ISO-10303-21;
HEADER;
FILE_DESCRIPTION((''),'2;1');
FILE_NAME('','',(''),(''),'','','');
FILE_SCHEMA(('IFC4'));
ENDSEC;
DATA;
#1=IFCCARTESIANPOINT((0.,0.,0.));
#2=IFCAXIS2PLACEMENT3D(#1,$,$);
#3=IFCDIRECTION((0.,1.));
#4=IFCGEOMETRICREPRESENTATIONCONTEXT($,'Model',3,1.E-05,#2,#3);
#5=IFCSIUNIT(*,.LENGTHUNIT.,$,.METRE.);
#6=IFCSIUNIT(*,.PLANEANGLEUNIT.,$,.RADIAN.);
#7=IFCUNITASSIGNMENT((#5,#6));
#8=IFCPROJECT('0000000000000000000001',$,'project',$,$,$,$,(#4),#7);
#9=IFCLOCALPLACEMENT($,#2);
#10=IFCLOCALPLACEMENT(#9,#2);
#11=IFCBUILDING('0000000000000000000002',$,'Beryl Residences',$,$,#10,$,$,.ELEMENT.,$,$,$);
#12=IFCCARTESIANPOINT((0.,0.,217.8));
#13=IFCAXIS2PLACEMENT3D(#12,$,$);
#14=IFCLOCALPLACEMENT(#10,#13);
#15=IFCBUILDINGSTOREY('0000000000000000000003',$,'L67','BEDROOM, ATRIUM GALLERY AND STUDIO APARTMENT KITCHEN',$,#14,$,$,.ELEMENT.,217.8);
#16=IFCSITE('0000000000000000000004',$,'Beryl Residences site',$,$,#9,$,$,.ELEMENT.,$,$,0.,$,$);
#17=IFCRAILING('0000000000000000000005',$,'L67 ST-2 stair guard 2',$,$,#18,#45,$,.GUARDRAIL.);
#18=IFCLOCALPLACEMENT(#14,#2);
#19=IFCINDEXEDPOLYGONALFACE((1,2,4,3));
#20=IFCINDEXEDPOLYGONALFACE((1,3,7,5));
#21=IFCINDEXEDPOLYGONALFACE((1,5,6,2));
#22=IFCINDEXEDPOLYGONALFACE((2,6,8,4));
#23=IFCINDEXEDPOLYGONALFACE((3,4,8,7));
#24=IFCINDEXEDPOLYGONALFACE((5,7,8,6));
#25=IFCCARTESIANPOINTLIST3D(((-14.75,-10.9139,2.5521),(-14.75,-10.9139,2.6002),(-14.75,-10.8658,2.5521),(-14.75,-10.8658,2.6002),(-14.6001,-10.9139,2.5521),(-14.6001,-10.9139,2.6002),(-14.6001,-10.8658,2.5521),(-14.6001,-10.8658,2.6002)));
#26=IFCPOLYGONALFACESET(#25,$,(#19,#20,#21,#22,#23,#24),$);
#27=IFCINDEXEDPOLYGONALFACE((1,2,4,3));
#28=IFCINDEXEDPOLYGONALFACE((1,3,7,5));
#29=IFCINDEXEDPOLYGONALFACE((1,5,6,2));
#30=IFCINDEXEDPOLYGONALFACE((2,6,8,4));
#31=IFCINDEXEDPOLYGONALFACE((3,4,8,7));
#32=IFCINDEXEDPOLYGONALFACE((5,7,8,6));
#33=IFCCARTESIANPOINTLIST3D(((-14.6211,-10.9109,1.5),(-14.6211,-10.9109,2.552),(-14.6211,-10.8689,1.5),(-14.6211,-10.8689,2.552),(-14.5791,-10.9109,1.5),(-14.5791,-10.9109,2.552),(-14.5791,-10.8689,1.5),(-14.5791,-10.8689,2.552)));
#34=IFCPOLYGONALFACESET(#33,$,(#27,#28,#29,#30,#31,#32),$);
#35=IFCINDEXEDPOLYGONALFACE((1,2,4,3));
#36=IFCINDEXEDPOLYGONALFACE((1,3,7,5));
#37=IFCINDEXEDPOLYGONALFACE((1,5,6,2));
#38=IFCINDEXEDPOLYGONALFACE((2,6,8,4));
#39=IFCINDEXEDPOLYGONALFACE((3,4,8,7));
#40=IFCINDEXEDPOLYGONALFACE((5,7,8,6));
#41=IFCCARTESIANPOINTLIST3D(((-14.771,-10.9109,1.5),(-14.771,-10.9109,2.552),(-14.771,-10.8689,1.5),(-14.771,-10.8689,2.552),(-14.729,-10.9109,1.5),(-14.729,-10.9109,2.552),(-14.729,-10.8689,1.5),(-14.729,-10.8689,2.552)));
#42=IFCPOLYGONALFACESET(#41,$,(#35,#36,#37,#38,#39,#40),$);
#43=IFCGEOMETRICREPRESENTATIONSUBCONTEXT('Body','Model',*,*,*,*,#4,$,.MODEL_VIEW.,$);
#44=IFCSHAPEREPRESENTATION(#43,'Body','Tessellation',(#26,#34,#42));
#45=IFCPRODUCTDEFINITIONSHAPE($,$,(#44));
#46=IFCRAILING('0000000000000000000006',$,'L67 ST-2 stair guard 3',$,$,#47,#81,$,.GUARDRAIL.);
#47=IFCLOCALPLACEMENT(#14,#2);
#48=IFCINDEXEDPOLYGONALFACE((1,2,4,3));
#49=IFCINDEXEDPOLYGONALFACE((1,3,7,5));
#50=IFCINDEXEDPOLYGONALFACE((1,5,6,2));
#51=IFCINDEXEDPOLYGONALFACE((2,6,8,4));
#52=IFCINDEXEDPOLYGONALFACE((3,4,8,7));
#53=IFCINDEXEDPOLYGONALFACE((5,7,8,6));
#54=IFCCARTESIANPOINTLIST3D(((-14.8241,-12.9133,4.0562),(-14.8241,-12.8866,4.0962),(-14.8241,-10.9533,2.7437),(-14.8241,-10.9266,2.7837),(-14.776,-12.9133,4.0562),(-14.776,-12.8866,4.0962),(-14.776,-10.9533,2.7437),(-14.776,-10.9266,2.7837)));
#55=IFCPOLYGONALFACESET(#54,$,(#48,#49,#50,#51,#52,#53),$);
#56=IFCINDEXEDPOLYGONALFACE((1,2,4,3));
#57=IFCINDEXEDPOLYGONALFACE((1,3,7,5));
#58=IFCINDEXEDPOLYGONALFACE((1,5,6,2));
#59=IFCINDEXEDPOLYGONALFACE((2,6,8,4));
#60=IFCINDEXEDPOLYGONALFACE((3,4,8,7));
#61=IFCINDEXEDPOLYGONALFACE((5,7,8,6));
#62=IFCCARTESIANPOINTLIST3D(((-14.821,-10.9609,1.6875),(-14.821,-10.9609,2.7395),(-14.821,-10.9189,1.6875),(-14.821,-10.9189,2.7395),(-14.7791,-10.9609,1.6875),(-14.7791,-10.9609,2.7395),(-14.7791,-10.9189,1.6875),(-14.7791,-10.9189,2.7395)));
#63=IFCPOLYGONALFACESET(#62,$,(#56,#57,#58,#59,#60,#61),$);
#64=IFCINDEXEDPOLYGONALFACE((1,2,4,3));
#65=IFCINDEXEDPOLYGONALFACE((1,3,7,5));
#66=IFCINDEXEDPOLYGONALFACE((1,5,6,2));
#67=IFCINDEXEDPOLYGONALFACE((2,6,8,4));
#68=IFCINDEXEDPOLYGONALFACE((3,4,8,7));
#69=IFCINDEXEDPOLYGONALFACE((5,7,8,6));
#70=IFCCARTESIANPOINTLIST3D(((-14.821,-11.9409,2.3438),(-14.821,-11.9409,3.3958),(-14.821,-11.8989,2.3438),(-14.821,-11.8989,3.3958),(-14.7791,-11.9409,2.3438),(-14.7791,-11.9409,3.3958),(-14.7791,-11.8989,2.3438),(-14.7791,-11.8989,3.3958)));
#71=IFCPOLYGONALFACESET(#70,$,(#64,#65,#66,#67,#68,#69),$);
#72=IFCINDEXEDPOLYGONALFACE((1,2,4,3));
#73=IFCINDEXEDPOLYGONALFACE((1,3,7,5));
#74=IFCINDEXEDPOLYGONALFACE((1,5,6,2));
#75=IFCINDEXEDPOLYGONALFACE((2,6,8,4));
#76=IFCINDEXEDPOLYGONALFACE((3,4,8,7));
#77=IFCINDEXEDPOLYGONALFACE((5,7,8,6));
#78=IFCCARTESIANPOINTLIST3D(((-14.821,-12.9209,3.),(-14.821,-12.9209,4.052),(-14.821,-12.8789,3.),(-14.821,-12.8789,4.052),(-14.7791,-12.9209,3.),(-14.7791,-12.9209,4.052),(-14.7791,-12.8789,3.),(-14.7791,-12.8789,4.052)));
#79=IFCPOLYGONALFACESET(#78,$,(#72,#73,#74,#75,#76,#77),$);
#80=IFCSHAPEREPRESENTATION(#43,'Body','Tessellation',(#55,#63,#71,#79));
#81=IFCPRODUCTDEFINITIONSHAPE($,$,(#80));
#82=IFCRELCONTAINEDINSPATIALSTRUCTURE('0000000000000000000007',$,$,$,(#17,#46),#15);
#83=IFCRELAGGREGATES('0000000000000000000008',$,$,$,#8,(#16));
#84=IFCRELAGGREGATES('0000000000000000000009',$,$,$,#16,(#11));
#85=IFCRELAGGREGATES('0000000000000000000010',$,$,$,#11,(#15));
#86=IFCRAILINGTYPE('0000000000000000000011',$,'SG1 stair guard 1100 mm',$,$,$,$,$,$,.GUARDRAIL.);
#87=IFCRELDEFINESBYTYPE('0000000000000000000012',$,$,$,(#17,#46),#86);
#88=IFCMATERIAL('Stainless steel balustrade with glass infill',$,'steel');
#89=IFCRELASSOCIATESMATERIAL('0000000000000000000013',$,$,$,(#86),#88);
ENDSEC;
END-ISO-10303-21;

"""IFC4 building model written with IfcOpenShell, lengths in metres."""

from ifc_helpers import new_model, si_unit, direction, frame, origin, origin_2d, place, context, subcontext, project, spatial, rectangle, extrude, material, type_object, element, save


model = new_model("IFC4")

# Units and contexts
model_context = context("Model", 3, precision=1e-05, world=origin(), true_north=direction((0.0, 1.0)))
body_context = subcontext(model_context, "Body", "Model", "MODEL_VIEW")
ifc_project = project(units=[si_unit("LENGTHUNIT", "METRE"), si_unit("PLANEANGLEUNIT", "RADIAN")], contexts=[model_context])

# Site, building, storey
site_placement = place(None, origin())
site = spatial("IfcSite", under=ifc_project, at=site_placement, Name="Beryl Residences site", CompositionType="ELEMENT", RefElevation=0.0)
building_placement = place(site_placement, origin())
building = spatial("IfcBuilding", under=site, at=building_placement, Name="Beryl Residences", CompositionType="ELEMENT")
storey_placement = place(building_placement, frame((0.0, 0.0, 217.8)))
storey = spatial("IfcBuildingStorey", under=building, at=storey_placement, Name="L67", Description="BEDROOM, ATRIUM GALLERY AND STUDIO APARTMENT KITCHEN", CompositionType="ELEMENT", Elevation=217.8)

# Railings
ifc_material_1 = material(Name="Stainless steel balustrade with glass infill", Category="steel")
railing_type = type_object("IfcRailingType", Name="SG1 stair guard 1100 mm", PredefinedType="GUARDRAIL", material=ifc_material_1)
railing_1_placement = place(storey_placement, frame((-14.6001, -10.8899, 1.5)))
element("IfcRailing", 1, at=railing_1_placement, inside=storey, type_object=railing_type, Name="L67 ST-2 stair guard 2", PredefinedType="GUARDRAIL", context=body_context, shape_type="SweptSolid", body=[
    extrude(rectangle(XDim=0.0481, YDim=0.0481, at=origin_2d()), frame((0.0, 0.0, 1.0762), z_axis=(-1.0, 0.0, 0.0), x_axis=(0.0, -1.0, 0.0)), (0.0, 0.0, 1.0), 0.1499),
    extrude(rectangle(XDim=0.042, YDim=0.042, at=origin_2d()), origin(), (0.0, 0.0, 1.0), 1.052),
    extrude(rectangle(XDim=0.042, YDim=0.042, at=origin_2d()), frame((-0.1499, 0.0, 0.0)), (0.0, 0.0, 1.0), 1.052),
])
railing_2_placement = place(storey_placement, frame((-14.8, -10.9399, 1.6875)))
element("IfcRailing", 2, at=railing_2_placement, inside=storey, type_object=railing_type, Name="L67 ST-2 stair guard 3", PredefinedType="GUARDRAIL", context=body_context, shape_type="SweptSolid", body=[
    extrude(rectangle(XDim=0.0481, YDim=0.0481, at=origin_2d()), frame((0.0, 0.0, 1.0762), z_axis=(0.0, -0.830902, 0.556419), x_axis=(1.0, 0.0, 0.0)), (0.0, 0.0, 1.0), 2.3589),
    extrude(rectangle(XDim=0.042, YDim=0.042, at=origin_2d()), origin(), (0.0, 0.0, 1.0), 1.052),
    extrude(rectangle(XDim=0.042, YDim=0.042, at=origin_2d()), frame((0.0, -0.98, 0.6562)), (0.0, 0.0, 1.0), 1.052),
    extrude(rectangle(XDim=0.042, YDim=0.042, at=origin_2d()), frame((0.0, -1.96, 1.3125)), (0.0, 0.0, 1.0), 1.052),
])

save(model, "model.ifc")
